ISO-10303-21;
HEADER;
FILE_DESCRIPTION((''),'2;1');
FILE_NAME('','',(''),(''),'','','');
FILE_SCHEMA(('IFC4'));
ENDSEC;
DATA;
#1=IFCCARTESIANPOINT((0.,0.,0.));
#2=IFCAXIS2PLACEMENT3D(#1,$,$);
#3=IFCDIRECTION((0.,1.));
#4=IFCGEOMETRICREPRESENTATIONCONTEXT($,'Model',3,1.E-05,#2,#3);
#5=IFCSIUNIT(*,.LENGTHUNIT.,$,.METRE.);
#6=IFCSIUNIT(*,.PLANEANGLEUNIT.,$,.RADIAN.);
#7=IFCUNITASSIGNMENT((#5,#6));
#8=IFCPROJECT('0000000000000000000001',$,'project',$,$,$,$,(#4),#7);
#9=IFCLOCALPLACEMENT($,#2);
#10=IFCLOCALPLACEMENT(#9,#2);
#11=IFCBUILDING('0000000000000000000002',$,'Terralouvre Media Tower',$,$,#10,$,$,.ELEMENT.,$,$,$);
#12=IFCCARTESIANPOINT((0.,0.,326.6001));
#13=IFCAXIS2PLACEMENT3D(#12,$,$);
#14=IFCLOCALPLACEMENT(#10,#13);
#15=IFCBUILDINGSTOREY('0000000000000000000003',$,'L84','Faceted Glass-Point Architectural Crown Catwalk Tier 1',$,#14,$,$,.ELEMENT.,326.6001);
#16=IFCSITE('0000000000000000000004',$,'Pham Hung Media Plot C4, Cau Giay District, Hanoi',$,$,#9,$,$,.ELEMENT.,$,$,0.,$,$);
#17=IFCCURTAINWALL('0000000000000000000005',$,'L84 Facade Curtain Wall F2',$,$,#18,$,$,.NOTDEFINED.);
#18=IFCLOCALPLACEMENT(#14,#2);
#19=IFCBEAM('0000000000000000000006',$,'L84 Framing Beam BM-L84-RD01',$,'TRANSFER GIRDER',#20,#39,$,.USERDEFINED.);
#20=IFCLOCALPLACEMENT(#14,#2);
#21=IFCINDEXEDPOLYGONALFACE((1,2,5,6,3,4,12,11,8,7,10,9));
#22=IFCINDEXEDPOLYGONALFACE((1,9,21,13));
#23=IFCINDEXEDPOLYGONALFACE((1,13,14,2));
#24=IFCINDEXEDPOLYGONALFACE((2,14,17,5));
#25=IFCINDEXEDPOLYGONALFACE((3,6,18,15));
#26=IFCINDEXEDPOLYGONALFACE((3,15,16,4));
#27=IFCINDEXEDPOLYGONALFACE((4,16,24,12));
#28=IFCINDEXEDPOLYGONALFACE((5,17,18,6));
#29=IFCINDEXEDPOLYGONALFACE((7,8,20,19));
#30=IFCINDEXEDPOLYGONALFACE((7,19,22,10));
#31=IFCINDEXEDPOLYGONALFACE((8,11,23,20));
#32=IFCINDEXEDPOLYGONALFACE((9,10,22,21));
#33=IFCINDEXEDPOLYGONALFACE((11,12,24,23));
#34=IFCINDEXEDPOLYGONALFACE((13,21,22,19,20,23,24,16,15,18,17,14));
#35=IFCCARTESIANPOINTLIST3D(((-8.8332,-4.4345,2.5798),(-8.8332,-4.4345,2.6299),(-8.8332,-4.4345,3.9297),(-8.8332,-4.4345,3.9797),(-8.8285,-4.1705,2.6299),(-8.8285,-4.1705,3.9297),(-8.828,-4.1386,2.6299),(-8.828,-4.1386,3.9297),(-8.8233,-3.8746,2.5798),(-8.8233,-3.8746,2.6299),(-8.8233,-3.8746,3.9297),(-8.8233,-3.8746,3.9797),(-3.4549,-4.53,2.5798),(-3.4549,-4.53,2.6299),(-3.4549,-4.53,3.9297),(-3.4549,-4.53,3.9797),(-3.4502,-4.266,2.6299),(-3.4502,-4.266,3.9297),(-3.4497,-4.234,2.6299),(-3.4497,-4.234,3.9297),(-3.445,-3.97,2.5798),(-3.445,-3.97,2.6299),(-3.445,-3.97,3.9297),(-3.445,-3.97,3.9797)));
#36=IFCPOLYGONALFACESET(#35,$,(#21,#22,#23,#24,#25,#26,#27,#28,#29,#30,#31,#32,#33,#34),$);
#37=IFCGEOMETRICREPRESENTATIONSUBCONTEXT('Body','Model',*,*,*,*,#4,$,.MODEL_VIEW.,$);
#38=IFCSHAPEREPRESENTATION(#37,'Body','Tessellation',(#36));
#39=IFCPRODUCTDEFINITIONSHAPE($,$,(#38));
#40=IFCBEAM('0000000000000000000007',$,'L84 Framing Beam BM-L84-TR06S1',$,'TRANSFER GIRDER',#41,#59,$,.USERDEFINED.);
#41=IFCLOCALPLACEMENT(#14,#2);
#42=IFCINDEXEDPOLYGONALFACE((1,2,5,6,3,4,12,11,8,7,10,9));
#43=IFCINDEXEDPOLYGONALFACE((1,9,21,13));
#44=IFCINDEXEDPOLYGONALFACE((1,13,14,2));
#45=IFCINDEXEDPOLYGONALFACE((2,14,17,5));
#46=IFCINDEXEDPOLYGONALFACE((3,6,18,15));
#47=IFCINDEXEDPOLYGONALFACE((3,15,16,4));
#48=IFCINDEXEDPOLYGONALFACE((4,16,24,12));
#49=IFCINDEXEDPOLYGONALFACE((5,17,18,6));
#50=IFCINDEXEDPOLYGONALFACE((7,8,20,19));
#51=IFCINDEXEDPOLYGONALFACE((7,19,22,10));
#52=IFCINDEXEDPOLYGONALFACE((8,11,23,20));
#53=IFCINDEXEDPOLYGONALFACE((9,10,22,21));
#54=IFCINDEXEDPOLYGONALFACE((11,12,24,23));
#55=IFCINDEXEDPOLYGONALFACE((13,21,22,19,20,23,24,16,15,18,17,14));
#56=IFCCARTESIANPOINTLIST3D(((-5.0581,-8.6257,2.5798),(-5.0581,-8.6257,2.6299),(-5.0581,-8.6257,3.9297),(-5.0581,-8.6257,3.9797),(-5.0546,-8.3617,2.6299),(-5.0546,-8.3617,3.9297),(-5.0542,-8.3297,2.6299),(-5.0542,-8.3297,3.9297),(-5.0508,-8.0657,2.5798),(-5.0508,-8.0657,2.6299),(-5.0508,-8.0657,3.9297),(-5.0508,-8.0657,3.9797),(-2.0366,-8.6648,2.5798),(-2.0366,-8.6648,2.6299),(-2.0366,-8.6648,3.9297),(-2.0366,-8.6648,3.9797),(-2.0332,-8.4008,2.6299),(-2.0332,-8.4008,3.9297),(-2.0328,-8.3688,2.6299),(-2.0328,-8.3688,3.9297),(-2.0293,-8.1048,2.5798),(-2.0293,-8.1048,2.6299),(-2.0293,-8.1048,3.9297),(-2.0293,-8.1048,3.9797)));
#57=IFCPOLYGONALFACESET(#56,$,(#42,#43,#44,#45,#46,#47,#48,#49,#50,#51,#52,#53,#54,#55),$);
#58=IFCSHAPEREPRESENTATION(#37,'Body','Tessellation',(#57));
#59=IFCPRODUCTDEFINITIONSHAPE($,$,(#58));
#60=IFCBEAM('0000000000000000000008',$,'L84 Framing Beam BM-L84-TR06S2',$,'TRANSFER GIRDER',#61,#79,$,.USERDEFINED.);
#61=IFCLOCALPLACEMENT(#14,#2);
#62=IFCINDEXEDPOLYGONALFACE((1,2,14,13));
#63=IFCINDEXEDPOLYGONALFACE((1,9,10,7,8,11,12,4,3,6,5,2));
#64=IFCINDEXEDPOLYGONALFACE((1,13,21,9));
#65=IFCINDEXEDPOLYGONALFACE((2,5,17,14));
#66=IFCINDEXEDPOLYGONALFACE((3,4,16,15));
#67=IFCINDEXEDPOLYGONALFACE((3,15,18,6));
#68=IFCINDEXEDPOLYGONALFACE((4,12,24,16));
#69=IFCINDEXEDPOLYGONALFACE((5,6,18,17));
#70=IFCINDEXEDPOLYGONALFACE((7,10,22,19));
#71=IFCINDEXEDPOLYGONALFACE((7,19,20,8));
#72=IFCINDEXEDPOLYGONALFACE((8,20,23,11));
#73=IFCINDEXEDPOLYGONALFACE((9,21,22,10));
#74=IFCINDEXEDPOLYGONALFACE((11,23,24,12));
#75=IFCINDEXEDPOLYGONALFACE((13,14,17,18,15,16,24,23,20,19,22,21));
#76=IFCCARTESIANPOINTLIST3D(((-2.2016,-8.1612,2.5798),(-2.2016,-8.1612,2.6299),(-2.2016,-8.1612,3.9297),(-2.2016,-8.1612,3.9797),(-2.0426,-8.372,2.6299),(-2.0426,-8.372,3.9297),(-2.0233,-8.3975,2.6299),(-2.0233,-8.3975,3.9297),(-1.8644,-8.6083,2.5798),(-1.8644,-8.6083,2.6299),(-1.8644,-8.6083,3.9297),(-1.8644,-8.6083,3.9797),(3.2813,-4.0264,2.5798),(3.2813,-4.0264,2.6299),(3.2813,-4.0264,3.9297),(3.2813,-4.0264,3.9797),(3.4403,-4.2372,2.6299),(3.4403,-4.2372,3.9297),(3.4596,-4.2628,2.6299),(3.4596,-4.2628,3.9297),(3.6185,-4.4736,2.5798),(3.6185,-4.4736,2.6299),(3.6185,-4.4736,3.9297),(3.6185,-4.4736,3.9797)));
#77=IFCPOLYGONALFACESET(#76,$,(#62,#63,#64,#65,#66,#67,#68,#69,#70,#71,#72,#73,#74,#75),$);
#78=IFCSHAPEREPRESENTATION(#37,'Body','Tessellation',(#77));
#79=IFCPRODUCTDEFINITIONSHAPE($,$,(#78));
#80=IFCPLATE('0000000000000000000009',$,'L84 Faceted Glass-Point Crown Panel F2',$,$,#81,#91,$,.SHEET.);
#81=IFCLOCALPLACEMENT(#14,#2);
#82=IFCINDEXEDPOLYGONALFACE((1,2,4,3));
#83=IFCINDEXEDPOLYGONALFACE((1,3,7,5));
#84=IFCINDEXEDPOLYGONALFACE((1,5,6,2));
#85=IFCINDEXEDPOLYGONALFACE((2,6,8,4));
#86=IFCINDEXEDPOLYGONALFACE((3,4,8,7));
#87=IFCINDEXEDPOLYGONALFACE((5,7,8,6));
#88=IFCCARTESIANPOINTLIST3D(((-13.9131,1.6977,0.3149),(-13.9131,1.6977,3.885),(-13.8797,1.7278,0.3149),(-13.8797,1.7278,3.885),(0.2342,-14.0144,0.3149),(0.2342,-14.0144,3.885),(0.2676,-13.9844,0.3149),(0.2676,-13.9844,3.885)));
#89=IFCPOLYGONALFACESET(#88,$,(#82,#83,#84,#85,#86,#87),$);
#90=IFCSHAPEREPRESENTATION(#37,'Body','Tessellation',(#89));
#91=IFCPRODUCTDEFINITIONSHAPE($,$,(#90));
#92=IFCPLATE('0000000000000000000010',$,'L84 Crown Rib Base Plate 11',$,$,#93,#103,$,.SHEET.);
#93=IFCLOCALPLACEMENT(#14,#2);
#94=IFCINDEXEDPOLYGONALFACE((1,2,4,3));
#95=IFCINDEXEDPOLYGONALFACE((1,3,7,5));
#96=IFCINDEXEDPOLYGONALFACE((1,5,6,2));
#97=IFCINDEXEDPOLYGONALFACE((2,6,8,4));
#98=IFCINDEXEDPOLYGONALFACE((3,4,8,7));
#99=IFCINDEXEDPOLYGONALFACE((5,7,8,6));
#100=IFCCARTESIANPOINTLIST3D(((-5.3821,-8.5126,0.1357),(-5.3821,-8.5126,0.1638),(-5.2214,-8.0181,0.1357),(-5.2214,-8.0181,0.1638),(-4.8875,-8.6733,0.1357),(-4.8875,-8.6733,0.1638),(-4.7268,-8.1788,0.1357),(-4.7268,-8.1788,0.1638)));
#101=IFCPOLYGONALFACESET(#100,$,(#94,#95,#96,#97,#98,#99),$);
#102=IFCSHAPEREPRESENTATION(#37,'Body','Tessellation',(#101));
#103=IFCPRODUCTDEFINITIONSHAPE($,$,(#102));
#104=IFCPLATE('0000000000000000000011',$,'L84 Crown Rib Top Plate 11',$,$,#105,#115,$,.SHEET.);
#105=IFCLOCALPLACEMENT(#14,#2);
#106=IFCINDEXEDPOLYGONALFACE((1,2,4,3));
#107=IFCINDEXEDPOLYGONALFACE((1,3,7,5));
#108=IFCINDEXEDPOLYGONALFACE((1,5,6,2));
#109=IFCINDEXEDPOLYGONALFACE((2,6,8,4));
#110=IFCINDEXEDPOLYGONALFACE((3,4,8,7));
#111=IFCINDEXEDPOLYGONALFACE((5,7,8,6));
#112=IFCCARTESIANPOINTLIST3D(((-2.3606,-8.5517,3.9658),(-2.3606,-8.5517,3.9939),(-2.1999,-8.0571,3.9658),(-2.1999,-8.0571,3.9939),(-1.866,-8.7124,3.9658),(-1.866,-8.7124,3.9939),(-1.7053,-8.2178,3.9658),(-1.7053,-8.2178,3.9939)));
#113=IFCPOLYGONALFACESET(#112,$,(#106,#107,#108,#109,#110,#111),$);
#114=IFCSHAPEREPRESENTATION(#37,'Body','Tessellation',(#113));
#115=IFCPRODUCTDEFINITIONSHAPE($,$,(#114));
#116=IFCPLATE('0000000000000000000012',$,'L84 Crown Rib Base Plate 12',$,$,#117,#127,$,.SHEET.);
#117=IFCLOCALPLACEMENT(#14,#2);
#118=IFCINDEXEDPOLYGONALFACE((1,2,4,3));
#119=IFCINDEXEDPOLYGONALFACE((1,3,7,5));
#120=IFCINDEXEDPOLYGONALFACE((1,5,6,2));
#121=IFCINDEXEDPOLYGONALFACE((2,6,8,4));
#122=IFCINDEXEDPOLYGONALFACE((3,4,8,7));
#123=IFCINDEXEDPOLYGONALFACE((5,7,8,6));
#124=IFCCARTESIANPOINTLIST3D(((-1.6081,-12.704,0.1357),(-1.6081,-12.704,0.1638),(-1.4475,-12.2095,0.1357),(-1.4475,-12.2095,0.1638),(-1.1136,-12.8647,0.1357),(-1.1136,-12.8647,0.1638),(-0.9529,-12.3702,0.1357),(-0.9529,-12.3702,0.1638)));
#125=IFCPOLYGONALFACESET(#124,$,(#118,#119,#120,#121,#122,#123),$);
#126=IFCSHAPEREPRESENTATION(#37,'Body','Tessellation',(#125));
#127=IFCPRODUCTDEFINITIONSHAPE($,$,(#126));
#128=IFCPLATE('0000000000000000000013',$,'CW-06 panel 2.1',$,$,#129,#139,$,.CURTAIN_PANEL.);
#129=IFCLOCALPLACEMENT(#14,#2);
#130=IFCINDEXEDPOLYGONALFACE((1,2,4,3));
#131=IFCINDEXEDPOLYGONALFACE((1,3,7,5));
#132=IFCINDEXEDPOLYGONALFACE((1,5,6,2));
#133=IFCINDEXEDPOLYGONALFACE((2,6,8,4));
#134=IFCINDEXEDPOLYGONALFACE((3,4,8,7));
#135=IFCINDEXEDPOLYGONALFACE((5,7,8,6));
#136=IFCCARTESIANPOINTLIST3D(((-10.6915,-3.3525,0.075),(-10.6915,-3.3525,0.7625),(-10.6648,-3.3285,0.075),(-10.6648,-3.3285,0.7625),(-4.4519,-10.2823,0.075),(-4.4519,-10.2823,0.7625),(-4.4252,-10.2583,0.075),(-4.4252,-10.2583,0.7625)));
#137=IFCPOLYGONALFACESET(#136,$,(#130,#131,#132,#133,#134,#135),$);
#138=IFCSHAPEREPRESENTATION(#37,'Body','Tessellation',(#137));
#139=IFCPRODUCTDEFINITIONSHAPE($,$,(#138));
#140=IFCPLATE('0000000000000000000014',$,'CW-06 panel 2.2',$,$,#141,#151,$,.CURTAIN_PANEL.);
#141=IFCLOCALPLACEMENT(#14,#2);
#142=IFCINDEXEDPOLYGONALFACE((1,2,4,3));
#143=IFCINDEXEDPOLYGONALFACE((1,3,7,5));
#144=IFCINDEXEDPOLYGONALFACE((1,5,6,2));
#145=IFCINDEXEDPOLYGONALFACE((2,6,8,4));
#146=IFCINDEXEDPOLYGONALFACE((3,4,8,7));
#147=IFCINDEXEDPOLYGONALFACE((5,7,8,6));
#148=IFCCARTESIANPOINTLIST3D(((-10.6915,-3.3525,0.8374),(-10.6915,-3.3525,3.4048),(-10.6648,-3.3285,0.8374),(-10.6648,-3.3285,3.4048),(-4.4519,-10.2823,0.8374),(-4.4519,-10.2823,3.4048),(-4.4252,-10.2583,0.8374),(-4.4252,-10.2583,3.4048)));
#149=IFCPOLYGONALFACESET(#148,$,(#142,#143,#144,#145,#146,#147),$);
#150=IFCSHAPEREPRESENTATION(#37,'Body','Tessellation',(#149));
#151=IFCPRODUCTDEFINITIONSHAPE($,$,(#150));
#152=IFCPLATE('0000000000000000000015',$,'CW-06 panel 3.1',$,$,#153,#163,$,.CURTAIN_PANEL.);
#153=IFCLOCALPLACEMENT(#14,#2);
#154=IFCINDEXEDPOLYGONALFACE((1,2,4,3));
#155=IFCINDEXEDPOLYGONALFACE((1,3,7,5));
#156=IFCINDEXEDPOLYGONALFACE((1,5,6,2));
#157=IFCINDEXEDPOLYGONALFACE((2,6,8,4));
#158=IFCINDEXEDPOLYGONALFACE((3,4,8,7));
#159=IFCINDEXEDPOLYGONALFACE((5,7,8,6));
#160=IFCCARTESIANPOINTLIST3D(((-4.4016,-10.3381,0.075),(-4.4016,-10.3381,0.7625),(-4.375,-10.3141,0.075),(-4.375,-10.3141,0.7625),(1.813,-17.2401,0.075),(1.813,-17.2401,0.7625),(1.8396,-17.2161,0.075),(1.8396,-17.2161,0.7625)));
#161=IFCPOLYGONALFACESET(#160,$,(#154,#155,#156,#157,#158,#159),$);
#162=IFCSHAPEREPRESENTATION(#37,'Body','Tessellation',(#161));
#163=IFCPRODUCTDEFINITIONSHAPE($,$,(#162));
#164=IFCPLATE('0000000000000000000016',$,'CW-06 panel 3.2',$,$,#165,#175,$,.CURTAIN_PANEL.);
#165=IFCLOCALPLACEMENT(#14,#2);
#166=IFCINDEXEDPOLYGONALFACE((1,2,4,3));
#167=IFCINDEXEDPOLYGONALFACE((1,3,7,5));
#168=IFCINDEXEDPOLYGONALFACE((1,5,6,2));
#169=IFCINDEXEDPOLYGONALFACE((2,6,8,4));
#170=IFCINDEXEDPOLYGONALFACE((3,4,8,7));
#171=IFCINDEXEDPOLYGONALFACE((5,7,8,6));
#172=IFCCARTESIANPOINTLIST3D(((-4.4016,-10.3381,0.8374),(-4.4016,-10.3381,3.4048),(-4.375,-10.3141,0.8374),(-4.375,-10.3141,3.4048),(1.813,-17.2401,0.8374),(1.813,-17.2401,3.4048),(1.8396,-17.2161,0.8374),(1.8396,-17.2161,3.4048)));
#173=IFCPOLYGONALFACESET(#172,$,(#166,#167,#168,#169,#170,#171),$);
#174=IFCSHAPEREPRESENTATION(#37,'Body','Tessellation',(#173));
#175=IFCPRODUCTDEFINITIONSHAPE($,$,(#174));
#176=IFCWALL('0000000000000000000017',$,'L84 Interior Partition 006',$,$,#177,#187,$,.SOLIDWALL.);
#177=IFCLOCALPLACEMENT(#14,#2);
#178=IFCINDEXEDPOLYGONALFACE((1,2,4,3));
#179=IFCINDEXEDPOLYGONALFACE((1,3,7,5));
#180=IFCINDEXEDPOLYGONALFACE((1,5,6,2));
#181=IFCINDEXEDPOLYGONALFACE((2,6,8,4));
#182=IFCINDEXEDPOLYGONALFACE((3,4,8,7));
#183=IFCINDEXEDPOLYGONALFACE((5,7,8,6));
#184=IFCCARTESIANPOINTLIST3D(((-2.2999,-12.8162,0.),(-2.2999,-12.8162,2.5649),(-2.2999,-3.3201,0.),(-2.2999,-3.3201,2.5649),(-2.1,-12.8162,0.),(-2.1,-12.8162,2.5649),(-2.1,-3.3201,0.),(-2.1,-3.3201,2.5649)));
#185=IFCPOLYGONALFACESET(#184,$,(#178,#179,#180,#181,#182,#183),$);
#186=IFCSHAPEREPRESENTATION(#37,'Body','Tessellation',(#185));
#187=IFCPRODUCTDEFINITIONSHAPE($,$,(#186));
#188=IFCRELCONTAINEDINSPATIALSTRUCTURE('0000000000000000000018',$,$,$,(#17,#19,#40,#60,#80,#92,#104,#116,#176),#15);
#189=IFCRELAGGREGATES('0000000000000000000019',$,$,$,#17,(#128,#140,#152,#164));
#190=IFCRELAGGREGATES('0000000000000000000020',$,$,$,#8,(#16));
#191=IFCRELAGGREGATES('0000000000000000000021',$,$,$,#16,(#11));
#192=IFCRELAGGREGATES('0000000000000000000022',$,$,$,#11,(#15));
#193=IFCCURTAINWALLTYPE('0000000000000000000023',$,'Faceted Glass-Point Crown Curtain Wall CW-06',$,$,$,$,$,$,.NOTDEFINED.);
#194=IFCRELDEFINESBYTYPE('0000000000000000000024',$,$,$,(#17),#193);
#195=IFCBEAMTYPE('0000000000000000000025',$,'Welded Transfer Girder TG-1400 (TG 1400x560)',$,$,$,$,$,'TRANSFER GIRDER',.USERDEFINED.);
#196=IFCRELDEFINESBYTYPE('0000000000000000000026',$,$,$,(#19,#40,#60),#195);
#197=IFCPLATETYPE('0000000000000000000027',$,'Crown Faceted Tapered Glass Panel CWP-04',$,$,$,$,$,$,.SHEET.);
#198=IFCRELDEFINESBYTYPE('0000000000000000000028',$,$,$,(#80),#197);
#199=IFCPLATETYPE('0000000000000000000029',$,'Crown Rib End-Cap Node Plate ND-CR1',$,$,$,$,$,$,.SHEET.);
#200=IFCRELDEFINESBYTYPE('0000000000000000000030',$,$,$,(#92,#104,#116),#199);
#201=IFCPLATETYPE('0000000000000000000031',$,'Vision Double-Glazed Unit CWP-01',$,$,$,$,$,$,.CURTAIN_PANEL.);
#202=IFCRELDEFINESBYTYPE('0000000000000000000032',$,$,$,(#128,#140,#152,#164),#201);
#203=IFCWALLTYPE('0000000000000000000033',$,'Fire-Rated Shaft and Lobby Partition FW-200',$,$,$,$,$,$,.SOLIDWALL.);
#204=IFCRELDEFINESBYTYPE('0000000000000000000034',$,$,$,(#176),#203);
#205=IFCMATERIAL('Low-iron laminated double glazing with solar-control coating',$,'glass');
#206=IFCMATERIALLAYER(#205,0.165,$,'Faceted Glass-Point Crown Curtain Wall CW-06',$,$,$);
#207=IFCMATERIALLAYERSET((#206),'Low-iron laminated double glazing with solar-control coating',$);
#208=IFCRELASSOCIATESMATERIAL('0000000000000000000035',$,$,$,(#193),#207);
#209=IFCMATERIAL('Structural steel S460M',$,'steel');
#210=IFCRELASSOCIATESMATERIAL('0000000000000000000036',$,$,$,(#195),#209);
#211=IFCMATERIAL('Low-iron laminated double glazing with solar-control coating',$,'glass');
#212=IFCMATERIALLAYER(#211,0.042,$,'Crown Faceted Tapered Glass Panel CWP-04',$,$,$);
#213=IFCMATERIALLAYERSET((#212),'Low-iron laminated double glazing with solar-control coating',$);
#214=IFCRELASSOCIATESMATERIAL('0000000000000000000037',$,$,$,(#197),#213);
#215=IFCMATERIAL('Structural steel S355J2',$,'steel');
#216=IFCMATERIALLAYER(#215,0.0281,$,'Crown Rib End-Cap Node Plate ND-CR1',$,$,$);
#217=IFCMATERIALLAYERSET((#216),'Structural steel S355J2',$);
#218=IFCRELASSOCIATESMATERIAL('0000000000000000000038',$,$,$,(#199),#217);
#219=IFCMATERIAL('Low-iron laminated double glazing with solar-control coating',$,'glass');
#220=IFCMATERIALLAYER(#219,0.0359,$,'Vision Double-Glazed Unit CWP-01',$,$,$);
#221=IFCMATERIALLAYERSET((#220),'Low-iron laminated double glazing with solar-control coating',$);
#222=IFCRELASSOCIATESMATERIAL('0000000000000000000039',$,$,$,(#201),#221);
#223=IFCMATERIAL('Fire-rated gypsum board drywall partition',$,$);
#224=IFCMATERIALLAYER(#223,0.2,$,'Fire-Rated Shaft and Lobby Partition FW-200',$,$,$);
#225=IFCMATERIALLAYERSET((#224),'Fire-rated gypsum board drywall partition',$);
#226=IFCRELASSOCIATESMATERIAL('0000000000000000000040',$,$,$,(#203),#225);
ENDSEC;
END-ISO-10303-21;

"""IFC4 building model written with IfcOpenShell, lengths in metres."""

from ifc_helpers import new_model, si_unit, direction, frame, frame_2d, origin, origin_2d, place, context, subcontext, project, spatial, rectangle, i_section, extrude, material, layer, layer_set, material_profile, profile_set, type_object, element, aggregate, save


model = new_model("IFC4")

# Units and contexts
model_context = context("Model", 3, precision=1e-05, world=origin(), true_north=direction((0.0, 1.0)))
body_context = subcontext(model_context, "Body", "Model", "MODEL_VIEW")
ifc_project = project(units=[si_unit("LENGTHUNIT", "METRE"), si_unit("PLANEANGLEUNIT", "RADIAN")], contexts=[model_context])

# Site, building, storey
site_placement = place(None, origin())
site = spatial("IfcSite", under=ifc_project, at=site_placement, Name="Pham Hung Media Plot C4, Cau Giay District, Hanoi", CompositionType="ELEMENT", RefElevation=0.0)
building_placement = place(site_placement, origin())
building = spatial("IfcBuilding", under=site, at=building_placement, Name="Terralouvre Media Tower", CompositionType="ELEMENT")
storey_placement = place(building_placement, frame((0.0, 0.0, 326.6001)))
storey = spatial("IfcBuildingStorey", under=building, at=storey_placement, Name="L84", Description="Faceted Glass-Point Architectural Crown Catwalk Tier 1", CompositionType="ELEMENT", Elevation=326.6001)

# Curtain wall
ifc_material_1 = material(Name="Low-iron laminated double glazing with solar-control coating", Category="glass")
ifc_layer_1 = layer(ifc_material_1, 0.165, Name="Faceted Glass-Point Crown Curtain Wall CW-06")
ifc_layer_set_1 = layer_set([ifc_layer_1], Name="Low-iron laminated double glazing with solar-control coating")
curtain_wall_type = type_object("IfcCurtainWallType", Name="Faceted Glass-Point Crown Curtain Wall CW-06", PredefinedType="NOTDEFINED", material=ifc_layer_set_1)
curtain_wall_placement = place(storey_placement, origin())
curtain_wall = element("IfcCurtainWall", 1, at=curtain_wall_placement, inside=storey, type_object=curtain_wall_type, Name="L84 Facade Curtain Wall F2", PredefinedType="NOTDEFINED")

# Beams
ifc_material_2 = material(Name="Structural steel S460M", Category="steel")
ifc_material_profile_1 = material_profile(ifc_material_2, i_section(OverallWidth=0.5601, OverallDepth=1.3999, WebThickness=0.032, FlangeThickness=0.05, at=origin_2d()), Name="TG 1400x560")
ifc_profile_set_1 = profile_set([ifc_material_profile_1], Name="Structural steel S460M")
beam_type = type_object("IfcBeamType", Name="Welded Transfer Girder TG-1400 (TG 1400x560)", ElementType="TRANSFER GIRDER", PredefinedType="USERDEFINED", material=ifc_profile_set_1)
beam_1_placement = place(storey_placement, frame((-3.45, -4.25, 3.2798), z_axis=(-0.999843, 0.017746, 0.0), x_axis=(-0.017746, -0.999843, 0.0)))
element("IfcBeam", 2, at=beam_1_placement, inside=storey, type_object=beam_type, Name="L84 Framing Beam BM-L84-RD01", ObjectType="TRANSFER GIRDER", PredefinedType="USERDEFINED", context=body_context, shape_type="SweptSolid", body=[
    extrude(i_section(OverallWidth=0.5601, OverallDepth=1.3999, WebThickness=0.032, FlangeThickness=0.05, at=origin_2d()), origin(), (0.0, 0.0, 1.0), 5.3792),
])
beam_2_placement = place(storey_placement, frame((-2.033, -8.3848, 3.2798), z_axis=(-0.999916, 0.012927, 0.0), x_axis=(-0.012927, -0.999916, 0.0)))
element("IfcBeam", 3, at=beam_2_placement, inside=storey, type_object=beam_type, Name="L84 Framing Beam BM-L84-TR06S1", ObjectType="TRANSFER GIRDER", PredefinedType="USERDEFINED", context=body_context, shape_type="SweptSolid", body=[
    extrude(i_section(OverallWidth=0.5601, OverallDepth=1.3999, WebThickness=0.032, FlangeThickness=0.05, at=origin_2d()), origin(), (0.0, 0.0, 1.0), 3.0217),
])
beam_3_placement = place(storey_placement, frame((-2.033, -8.3848, 3.2798), z_axis=(0.798419, 0.602103, 0.0), x_axis=(-0.602103, 0.798419, 0.0)))
element("IfcBeam", 4, at=beam_3_placement, inside=storey, type_object=beam_type, Name="L84 Framing Beam BM-L84-TR06S2", ObjectType="TRANSFER GIRDER", PredefinedType="USERDEFINED", context=body_context, shape_type="SweptSolid", body=[
    extrude(i_section(OverallWidth=0.5601, OverallDepth=1.3999, WebThickness=0.032, FlangeThickness=0.05, at=origin_2d()), origin(), (0.0, 0.0, 1.0), 6.8672),
])

# Plates
ifc_material_3 = material(Name="Low-iron laminated double glazing with solar-control coating", Category="glass")
ifc_layer_2 = layer(ifc_material_3, 0.042, Name="Crown Faceted Tapered Glass Panel CWP-04")
ifc_layer_set_2 = layer_set([ifc_layer_2], Name="Low-iron laminated double glazing with solar-control coating")
plate_type_1 = type_object("IfcPlateType", Name="Crown Faceted Tapered Glass Panel CWP-04", PredefinedType="SHEET", material=ifc_layer_set_2)
plate_1_placement = place(storey_placement, frame((-6.8228, -6.1433, 0.3149), z_axis=(0.0, 0.0, 1.0), x_axis=(0.669131, -0.743145, 0.0)))
element("IfcPlate", 5, at=plate_1_placement, inside=storey, type_object=plate_type_1, Name="L84 Faceted Glass-Point Crown Panel F2", PredefinedType="SHEET", context=body_context, shape_type="SweptSolid", body=[
    extrude(rectangle(XDim=21.1428, YDim=0.0449, at=origin_2d()), origin(), (0.0, 0.0, 1.0), 3.5701),
])
ifc_material_4 = material(Name="Structural steel S355J2", Category="steel")
ifc_layer_3 = layer(ifc_material_4, 0.0281, Name="Crown Rib End-Cap Node Plate ND-CR1")
ifc_layer_set_3 = layer_set([ifc_layer_3], Name="Structural steel S355J2")
plate_type_2 = type_object("IfcPlateType", Name="Crown Rib End-Cap Node Plate ND-CR1", PredefinedType="SHEET", material=ifc_layer_set_3)
for number, where, z_axis, x_axis, name in (
    (6, (-5.0544, -8.3457, 0.1357), (0.0, 0.0, 1.0), (0.309017, 0.951057, 0.0), "L84 Crown Rib Base Plate 11"),
    (7, (-2.033, -8.3848, 3.9658), (0.0, 0.0, 1.0), (0.309017, 0.951057, 0.0), "L84 Crown Rib Top Plate 11"),
    (8, (-1.2805, -12.5371, 0.1357), (0.0, 0.0, 1.0), (0.309017, 0.951057, 0.0), "L84 Crown Rib Base Plate 12"),
):
    element("IfcPlate", number, at=place(storey_placement, frame(where, z_axis=z_axis, x_axis=x_axis)), inside=storey, type_object=plate_type_2, Name=name, PredefinedType="SHEET", context=body_context, shape_type="SweptSolid", body=[
        extrude(rectangle(XDim=0.52, YDim=0.52, at=origin_2d()), origin(), (0.0, 0.0, 1.0), 0.0281),
    ])

# Plates
ifc_material_5 = material(Name="Low-iron laminated double glazing with solar-control coating", Category="glass")
ifc_layer_4 = layer(ifc_material_5, 0.0359, Name="Vision Double-Glazed Unit CWP-01")
ifc_layer_set_4 = layer_set([ifc_layer_4], Name="Low-iron laminated double glazing with solar-control coating")
plate_type_3 = type_object("IfcPlateType", Name="Vision Double-Glazed Unit CWP-01", PredefinedType="CURTAIN_PANEL", material=ifc_layer_set_4)
plate_2_placement = place(storey_placement, frame((-7.5583, -6.8054, 0.075), z_axis=(0.0, 0.0, 1.0), x_axis=(0.66913, -0.743145, 0.0)))
plate_2 = element("IfcPlate", 9, at=plate_2_placement, type_object=plate_type_3, Name="CW-06 panel 2.1", PredefinedType="CURTAIN_PANEL", context=body_context, shape_type="SweptSolid", body=[
    extrude(rectangle(XDim=9.325, YDim=0.0359, at=origin_2d()), origin(), (0.0, 0.0, 1.0), 0.6875),
])
plate_3_placement = place(storey_placement, frame((-7.5583, -6.8054, 0.8374), z_axis=(0.0, 0.0, 1.0), x_axis=(0.66913, -0.743145, 0.0)))
plate_3 = element("IfcPlate", 10, at=plate_3_placement, type_object=plate_type_3, Name="CW-06 panel 2.2", PredefinedType="CURTAIN_PANEL", context=body_context, shape_type="SweptSolid", body=[
    extrude(rectangle(XDim=9.325, YDim=0.0359, at=origin_2d()), origin(), (0.0, 0.0, 1.0), 2.5674),
])
plate_4_placement = place(storey_placement, frame((-1.281, -13.7771, 0.075), z_axis=(0.0, 0.0, 1.0), x_axis=(0.66913, -0.743145, 0.0)))
plate_4 = element("IfcPlate", 11, at=plate_4_placement, type_object=plate_type_3, Name="CW-06 panel 3.1", PredefinedType="CURTAIN_PANEL", context=body_context, shape_type="SweptSolid", body=[
    extrude(rectangle(XDim=9.2876, YDim=0.0359, at=origin_2d()), origin(), (0.0, 0.0, 1.0), 0.6875),
])
plate_5_placement = place(storey_placement, frame((-1.281, -13.7771, 0.8374), z_axis=(0.0, 0.0, 1.0), x_axis=(0.66913, -0.743145, 0.0)))
plate_5 = element("IfcPlate", 12, at=plate_5_placement, type_object=plate_type_3, Name="CW-06 panel 3.2", PredefinedType="CURTAIN_PANEL", context=body_context, shape_type="SweptSolid", body=[
    extrude(rectangle(XDim=9.2876, YDim=0.0359, at=origin_2d()), origin(), (0.0, 0.0, 1.0), 2.5674),
])
aggregate(curtain_wall, [plate_2, plate_3, plate_4, plate_5])

# Wall
ifc_material_6 = material(Name="Fire-rated gypsum board drywall partition")
ifc_layer_5 = layer(ifc_material_6, 0.2, Name="Fire-Rated Shaft and Lobby Partition FW-200")
ifc_layer_set_5 = layer_set([ifc_layer_5], Name="Fire-rated gypsum board drywall partition")
wall_type = type_object("IfcWallType", Name="Fire-Rated Shaft and Lobby Partition FW-200", PredefinedType="SOLIDWALL", material=ifc_layer_set_5)
wall_placement = place(storey_placement, frame((-2.2, -12.8162, 0.0), z_axis=(0.0, 0.0, 1.0), x_axis=(0.0, 1.0, 0.0)))
element("IfcWall", 13, at=wall_placement, inside=storey, type_object=wall_type, Name="L84 Interior Partition 006", PredefinedType="SOLIDWALL", context=body_context, shape_type="SweptSolid", body=[
    extrude(rectangle(XDim=9.4961, YDim=0.2, at=frame_2d((4.748, 0.0))), origin(), (0.0, 0.0, 1.0), 2.5649),
])

save(model, "model.ifc")
